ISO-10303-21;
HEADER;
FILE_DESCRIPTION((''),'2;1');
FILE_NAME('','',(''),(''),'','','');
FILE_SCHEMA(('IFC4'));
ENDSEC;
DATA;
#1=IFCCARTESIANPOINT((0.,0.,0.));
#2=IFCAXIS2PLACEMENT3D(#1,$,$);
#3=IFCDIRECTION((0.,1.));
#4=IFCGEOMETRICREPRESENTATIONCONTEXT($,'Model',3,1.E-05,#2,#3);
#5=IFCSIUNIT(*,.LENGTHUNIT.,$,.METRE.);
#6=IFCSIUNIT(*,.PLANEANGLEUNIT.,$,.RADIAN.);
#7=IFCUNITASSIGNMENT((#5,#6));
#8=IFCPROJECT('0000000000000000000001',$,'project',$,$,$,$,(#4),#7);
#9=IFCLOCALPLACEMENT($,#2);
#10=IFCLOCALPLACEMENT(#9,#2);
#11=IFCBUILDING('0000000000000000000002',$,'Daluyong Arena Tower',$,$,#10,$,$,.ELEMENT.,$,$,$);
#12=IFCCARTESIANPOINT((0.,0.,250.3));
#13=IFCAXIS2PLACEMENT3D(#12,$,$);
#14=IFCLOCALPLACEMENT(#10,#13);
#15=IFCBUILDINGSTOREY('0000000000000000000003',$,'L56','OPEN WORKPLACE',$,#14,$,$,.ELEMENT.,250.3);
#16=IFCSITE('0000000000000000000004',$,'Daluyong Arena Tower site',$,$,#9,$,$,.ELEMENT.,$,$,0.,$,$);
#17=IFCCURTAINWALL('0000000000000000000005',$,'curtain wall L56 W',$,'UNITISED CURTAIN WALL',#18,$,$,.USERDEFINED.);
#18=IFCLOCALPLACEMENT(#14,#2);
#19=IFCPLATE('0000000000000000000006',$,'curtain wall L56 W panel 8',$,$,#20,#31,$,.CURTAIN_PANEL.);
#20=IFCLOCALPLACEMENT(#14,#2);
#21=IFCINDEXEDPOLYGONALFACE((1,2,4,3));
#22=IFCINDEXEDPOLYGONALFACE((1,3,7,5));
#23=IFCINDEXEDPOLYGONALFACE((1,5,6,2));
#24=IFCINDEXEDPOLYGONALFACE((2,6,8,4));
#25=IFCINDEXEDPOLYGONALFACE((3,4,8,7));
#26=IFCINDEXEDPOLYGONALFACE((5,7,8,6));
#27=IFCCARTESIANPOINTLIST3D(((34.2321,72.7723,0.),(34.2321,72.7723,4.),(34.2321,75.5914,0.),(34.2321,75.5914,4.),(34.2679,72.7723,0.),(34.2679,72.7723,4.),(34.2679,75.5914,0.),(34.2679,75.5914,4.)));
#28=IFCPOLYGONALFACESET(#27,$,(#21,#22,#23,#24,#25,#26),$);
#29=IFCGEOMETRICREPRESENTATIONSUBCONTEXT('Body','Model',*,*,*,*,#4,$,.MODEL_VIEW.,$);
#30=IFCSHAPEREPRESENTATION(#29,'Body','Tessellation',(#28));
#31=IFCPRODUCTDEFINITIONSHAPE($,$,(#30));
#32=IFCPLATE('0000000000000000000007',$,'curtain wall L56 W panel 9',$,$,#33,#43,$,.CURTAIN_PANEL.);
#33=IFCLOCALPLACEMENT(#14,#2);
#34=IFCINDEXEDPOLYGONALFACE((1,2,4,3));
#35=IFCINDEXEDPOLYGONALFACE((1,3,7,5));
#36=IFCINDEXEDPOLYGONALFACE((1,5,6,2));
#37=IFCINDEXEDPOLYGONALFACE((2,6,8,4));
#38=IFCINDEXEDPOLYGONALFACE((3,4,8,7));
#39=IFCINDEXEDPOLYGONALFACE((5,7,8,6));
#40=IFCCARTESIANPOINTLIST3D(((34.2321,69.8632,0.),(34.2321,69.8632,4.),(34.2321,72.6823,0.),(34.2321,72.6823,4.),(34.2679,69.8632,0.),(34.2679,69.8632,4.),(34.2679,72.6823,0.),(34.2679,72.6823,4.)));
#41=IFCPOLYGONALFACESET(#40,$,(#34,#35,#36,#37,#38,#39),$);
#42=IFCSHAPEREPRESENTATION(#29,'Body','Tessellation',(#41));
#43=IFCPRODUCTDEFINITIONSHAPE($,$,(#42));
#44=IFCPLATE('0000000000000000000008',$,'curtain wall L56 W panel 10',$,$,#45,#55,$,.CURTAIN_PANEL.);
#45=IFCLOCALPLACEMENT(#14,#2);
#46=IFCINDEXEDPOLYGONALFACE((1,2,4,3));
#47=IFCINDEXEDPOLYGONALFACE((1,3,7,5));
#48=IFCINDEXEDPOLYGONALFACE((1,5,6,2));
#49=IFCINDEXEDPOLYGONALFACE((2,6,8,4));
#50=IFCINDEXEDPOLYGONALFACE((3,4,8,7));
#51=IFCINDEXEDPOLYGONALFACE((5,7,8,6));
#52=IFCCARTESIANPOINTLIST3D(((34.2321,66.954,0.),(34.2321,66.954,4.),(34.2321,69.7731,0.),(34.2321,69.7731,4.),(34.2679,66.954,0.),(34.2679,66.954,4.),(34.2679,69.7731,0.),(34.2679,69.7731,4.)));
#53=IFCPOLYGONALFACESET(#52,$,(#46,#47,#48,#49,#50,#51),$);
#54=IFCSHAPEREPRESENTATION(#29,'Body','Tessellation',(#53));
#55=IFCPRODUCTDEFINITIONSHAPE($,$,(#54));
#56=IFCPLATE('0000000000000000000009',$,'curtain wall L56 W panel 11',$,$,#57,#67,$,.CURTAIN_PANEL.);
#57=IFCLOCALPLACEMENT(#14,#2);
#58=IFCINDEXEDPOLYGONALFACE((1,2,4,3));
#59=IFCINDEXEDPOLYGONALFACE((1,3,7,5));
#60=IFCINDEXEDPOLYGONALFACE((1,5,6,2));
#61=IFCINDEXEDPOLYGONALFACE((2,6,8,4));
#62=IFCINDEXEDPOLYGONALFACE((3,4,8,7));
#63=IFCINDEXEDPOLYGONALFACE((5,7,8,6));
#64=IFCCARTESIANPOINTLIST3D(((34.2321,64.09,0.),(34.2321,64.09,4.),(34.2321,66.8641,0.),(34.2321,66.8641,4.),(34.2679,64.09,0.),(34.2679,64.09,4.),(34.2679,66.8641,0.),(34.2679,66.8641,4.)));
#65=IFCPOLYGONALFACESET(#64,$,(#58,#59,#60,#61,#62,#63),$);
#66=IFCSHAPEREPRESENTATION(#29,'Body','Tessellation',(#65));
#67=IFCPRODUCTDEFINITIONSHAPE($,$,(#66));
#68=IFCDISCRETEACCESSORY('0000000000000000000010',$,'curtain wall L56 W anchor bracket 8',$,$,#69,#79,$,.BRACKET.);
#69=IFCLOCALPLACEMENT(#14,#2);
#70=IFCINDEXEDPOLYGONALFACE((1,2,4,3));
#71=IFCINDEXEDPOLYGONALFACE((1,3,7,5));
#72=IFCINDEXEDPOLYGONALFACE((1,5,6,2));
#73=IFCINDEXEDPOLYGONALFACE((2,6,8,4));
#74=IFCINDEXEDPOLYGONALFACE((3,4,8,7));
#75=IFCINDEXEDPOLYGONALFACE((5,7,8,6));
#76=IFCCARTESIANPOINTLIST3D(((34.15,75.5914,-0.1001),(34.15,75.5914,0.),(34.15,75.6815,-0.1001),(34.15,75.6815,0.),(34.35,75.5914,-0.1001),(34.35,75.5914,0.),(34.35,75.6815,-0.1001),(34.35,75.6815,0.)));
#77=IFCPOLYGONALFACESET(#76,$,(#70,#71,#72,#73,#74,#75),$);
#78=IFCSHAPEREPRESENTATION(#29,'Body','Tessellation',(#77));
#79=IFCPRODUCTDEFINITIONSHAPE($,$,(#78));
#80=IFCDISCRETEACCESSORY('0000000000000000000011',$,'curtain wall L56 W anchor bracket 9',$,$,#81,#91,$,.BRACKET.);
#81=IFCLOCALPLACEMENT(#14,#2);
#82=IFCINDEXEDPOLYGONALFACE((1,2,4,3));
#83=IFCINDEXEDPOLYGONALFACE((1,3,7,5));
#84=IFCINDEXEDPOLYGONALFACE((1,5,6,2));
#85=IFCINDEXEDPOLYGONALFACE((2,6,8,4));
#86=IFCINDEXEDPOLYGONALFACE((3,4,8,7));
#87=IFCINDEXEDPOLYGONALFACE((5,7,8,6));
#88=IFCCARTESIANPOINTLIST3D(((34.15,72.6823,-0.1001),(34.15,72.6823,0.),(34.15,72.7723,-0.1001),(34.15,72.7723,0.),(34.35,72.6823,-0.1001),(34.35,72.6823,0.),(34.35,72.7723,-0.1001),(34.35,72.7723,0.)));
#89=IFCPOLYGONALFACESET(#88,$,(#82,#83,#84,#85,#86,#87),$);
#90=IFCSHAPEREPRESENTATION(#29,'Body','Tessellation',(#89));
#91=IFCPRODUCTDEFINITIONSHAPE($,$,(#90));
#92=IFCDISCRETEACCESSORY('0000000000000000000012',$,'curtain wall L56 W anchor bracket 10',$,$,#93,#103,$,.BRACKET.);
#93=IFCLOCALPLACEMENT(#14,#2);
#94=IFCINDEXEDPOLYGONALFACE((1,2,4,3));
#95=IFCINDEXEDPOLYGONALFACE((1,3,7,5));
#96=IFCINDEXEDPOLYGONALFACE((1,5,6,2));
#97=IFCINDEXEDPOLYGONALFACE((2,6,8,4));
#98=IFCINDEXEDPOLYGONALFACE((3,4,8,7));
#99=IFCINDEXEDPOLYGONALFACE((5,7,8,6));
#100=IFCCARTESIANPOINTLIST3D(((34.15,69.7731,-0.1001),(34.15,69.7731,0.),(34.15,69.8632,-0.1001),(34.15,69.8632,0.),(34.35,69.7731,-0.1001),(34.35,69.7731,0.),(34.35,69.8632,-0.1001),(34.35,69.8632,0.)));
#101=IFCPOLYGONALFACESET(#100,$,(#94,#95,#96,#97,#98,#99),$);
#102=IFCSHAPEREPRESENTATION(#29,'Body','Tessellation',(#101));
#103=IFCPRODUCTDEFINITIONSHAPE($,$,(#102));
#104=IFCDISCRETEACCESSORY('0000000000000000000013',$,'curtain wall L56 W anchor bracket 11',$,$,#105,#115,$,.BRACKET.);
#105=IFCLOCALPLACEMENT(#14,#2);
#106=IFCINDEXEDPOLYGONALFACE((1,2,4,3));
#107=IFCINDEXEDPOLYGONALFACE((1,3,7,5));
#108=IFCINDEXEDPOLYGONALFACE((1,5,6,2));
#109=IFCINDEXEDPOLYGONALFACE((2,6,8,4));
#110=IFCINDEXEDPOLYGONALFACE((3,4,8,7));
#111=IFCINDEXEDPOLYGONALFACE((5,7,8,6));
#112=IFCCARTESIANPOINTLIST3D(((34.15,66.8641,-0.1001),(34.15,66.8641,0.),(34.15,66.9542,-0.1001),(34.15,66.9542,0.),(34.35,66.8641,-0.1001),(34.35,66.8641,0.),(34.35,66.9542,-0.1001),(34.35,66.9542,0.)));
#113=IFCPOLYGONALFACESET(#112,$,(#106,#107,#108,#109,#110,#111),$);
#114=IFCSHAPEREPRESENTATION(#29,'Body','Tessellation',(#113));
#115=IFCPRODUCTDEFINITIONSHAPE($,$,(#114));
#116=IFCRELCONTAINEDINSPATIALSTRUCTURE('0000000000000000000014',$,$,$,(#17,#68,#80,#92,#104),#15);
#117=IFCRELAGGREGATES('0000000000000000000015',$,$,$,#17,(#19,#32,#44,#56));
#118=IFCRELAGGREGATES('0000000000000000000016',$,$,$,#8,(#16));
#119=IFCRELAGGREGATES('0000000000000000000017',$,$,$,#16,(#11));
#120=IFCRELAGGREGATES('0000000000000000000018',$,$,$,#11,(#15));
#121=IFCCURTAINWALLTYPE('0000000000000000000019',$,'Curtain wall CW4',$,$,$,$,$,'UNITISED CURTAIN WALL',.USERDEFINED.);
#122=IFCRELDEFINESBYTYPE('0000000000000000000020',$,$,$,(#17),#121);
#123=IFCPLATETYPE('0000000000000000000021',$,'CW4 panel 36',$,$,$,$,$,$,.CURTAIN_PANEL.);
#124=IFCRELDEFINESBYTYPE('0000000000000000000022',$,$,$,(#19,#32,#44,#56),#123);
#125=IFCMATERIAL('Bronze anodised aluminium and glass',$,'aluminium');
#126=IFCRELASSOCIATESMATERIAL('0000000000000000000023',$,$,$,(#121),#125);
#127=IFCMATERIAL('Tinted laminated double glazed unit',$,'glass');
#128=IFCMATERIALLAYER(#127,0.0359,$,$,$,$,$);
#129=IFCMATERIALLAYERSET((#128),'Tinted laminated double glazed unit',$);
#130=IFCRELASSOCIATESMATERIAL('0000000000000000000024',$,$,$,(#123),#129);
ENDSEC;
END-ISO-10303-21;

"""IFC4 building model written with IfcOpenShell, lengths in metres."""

from ifc_helpers import new_model, si_unit, direction, frame, origin, origin_2d, place, context, subcontext, project, spatial, rectangle, extrude, material, layer, layer_set, type_object, element, aggregate, save


model = new_model("IFC4")

# Units and contexts
model_context = context("Model", 3, precision=1e-05, world=origin(), true_north=direction((0.0, 1.0)))
body_context = subcontext(model_context, "Body", "Model", "MODEL_VIEW")
ifc_project = project(units=[si_unit("LENGTHUNIT", "METRE"), si_unit("PLANEANGLEUNIT", "RADIAN")], contexts=[model_context])

# Site, building, storey
site_placement = place(None, origin())
site = spatial("IfcSite", under=ifc_project, at=site_placement, Name="Daluyong Arena Tower site", CompositionType="ELEMENT", RefElevation=0.0)
building_placement = place(site_placement, origin())
building = spatial("IfcBuilding", under=site, at=building_placement, Name="Daluyong Arena Tower", CompositionType="ELEMENT")
storey_placement = place(building_placement, frame((0.0, 0.0, 250.3)))
storey = spatial("IfcBuildingStorey", under=building, at=storey_placement, Name="L56", Description="OPEN WORKPLACE", CompositionType="ELEMENT", Elevation=250.3)

# Curtain wall
ifc_material_1 = material(Name="Bronze anodised aluminium and glass", Category="aluminium")
curtain_wall_type_1 = type_object("IfcCurtainWallType", Name="Curtain wall CW4", ElementType="UNITISED CURTAIN WALL", PredefinedType="USERDEFINED", material=ifc_material_1)
curtain_wall_1_placement = place(storey_placement, origin())
curtain_wall_1 = element("IfcCurtainWall", 1, at=curtain_wall_1_placement, inside=storey, type_object=curtain_wall_type_1, Name="curtain wall L56 W", ObjectType="UNITISED CURTAIN WALL", PredefinedType="USERDEFINED")

# Plates
ifc_material_2 = material(Name="Tinted laminated double glazed unit", Category="glass")
ifc_layer = layer(ifc_material_2, 0.0359)
ifc_layer_set = layer_set([ifc_layer], Name="Tinted laminated double glazed unit")
plate_type = type_object("IfcPlateType", Name="CW4 panel 36", PredefinedType="CURTAIN_PANEL", material=ifc_layer_set)
plate_1_placement = place(storey_placement, frame((34.25, 74.1819, 0.0), z_axis=(0.0, 0.0, 1.0), x_axis=(0.0, -1.0, 0.0)))
plate_1 = element("IfcPlate", 2, at=plate_1_placement, type_object=plate_type, Name="curtain wall L56 W panel 8", PredefinedType="CURTAIN_PANEL", context=body_context, shape_type="SweptSolid", body=[
    extrude(rectangle(XDim=2.8191, YDim=0.0359, at=origin_2d()), origin(), (0.0, 0.0, 1.0), 4.0),
])
plate_2_placement = place(storey_placement, frame((34.25, 71.2727, 0.0), z_axis=(0.0, 0.0, 1.0), x_axis=(0.0, -1.0, 0.0)))
plate_2 = element("IfcPlate", 3, at=plate_2_placement, type_object=plate_type, Name="curtain wall L56 W panel 9", PredefinedType="CURTAIN_PANEL", context=body_context, shape_type="SweptSolid", body=[
    extrude(rectangle(XDim=2.8191, YDim=0.0359, at=origin_2d()), origin(), (0.0, 0.0, 1.0), 4.0),
])
plate_3_placement = place(storey_placement, frame((34.25, 68.3635, 0.0), z_axis=(0.0, 0.0, 1.0), x_axis=(0.0, -1.0, 0.0)))
plate_3 = element("IfcPlate", 4, at=plate_3_placement, type_object=plate_type, Name="curtain wall L56 W panel 10", PredefinedType="CURTAIN_PANEL", context=body_context, shape_type="SweptSolid", body=[
    extrude(rectangle(XDim=2.8191, YDim=0.0359, at=origin_2d()), origin(), (0.0, 0.0, 1.0), 4.0),
])
plate_4_placement = place(storey_placement, frame((34.25, 65.4771, 0.0), z_axis=(0.0, 0.0, 1.0), x_axis=(0.0, -1.0, 0.0)))
plate_4 = element("IfcPlate", 5, at=plate_4_placement, type_object=plate_type, Name="curtain wall L56 W panel 11", PredefinedType="CURTAIN_PANEL", context=body_context, shape_type="SweptSolid", body=[
    extrude(rectangle(XDim=2.7742, YDim=0.0359, at=origin_2d()), origin(), (0.0, 0.0, 1.0), 4.0),
])
aggregate(curtain_wall_1, [plate_1, plate_2, plate_3, plate_4])

# Discrete accessories
for number, where, z_axis, x_axis, name in (
    (6, (34.25, 75.6365, -0.1001), (0.0, 0.0, 1.0), (0.0, -1.0, 0.0), "curtain wall L56 W anchor bracket 8"),
    (7, (34.25, 72.7273, -0.1001), (0.0, 0.0, 1.0), (0.0, -1.0, 0.0), "curtain wall L56 W anchor bracket 9"),
    (8, (34.25, 69.8181, -0.1001), (0.0, 0.0, 1.0), (0.0, -1.0, 0.0), "curtain wall L56 W anchor bracket 10"),
    (9, (34.25, 66.9092, -0.1001), (0.0, 0.0, 1.0), (0.0, -1.0, 0.0), "curtain wall L56 W anchor bracket 11"),
):
    element("IfcDiscreteAccessory", number, at=place(storey_placement, frame(where, z_axis=z_axis, x_axis=x_axis)), inside=storey, Name=name, PredefinedType="BRACKET", context=body_context, shape_type="SweptSolid", body=[
        extrude(rectangle(XDim=0.0901, YDim=0.2, at=origin_2d()), origin(), (0.0, 0.0, 1.0), 0.1001),
    ])

save(model, "model.ifc")
